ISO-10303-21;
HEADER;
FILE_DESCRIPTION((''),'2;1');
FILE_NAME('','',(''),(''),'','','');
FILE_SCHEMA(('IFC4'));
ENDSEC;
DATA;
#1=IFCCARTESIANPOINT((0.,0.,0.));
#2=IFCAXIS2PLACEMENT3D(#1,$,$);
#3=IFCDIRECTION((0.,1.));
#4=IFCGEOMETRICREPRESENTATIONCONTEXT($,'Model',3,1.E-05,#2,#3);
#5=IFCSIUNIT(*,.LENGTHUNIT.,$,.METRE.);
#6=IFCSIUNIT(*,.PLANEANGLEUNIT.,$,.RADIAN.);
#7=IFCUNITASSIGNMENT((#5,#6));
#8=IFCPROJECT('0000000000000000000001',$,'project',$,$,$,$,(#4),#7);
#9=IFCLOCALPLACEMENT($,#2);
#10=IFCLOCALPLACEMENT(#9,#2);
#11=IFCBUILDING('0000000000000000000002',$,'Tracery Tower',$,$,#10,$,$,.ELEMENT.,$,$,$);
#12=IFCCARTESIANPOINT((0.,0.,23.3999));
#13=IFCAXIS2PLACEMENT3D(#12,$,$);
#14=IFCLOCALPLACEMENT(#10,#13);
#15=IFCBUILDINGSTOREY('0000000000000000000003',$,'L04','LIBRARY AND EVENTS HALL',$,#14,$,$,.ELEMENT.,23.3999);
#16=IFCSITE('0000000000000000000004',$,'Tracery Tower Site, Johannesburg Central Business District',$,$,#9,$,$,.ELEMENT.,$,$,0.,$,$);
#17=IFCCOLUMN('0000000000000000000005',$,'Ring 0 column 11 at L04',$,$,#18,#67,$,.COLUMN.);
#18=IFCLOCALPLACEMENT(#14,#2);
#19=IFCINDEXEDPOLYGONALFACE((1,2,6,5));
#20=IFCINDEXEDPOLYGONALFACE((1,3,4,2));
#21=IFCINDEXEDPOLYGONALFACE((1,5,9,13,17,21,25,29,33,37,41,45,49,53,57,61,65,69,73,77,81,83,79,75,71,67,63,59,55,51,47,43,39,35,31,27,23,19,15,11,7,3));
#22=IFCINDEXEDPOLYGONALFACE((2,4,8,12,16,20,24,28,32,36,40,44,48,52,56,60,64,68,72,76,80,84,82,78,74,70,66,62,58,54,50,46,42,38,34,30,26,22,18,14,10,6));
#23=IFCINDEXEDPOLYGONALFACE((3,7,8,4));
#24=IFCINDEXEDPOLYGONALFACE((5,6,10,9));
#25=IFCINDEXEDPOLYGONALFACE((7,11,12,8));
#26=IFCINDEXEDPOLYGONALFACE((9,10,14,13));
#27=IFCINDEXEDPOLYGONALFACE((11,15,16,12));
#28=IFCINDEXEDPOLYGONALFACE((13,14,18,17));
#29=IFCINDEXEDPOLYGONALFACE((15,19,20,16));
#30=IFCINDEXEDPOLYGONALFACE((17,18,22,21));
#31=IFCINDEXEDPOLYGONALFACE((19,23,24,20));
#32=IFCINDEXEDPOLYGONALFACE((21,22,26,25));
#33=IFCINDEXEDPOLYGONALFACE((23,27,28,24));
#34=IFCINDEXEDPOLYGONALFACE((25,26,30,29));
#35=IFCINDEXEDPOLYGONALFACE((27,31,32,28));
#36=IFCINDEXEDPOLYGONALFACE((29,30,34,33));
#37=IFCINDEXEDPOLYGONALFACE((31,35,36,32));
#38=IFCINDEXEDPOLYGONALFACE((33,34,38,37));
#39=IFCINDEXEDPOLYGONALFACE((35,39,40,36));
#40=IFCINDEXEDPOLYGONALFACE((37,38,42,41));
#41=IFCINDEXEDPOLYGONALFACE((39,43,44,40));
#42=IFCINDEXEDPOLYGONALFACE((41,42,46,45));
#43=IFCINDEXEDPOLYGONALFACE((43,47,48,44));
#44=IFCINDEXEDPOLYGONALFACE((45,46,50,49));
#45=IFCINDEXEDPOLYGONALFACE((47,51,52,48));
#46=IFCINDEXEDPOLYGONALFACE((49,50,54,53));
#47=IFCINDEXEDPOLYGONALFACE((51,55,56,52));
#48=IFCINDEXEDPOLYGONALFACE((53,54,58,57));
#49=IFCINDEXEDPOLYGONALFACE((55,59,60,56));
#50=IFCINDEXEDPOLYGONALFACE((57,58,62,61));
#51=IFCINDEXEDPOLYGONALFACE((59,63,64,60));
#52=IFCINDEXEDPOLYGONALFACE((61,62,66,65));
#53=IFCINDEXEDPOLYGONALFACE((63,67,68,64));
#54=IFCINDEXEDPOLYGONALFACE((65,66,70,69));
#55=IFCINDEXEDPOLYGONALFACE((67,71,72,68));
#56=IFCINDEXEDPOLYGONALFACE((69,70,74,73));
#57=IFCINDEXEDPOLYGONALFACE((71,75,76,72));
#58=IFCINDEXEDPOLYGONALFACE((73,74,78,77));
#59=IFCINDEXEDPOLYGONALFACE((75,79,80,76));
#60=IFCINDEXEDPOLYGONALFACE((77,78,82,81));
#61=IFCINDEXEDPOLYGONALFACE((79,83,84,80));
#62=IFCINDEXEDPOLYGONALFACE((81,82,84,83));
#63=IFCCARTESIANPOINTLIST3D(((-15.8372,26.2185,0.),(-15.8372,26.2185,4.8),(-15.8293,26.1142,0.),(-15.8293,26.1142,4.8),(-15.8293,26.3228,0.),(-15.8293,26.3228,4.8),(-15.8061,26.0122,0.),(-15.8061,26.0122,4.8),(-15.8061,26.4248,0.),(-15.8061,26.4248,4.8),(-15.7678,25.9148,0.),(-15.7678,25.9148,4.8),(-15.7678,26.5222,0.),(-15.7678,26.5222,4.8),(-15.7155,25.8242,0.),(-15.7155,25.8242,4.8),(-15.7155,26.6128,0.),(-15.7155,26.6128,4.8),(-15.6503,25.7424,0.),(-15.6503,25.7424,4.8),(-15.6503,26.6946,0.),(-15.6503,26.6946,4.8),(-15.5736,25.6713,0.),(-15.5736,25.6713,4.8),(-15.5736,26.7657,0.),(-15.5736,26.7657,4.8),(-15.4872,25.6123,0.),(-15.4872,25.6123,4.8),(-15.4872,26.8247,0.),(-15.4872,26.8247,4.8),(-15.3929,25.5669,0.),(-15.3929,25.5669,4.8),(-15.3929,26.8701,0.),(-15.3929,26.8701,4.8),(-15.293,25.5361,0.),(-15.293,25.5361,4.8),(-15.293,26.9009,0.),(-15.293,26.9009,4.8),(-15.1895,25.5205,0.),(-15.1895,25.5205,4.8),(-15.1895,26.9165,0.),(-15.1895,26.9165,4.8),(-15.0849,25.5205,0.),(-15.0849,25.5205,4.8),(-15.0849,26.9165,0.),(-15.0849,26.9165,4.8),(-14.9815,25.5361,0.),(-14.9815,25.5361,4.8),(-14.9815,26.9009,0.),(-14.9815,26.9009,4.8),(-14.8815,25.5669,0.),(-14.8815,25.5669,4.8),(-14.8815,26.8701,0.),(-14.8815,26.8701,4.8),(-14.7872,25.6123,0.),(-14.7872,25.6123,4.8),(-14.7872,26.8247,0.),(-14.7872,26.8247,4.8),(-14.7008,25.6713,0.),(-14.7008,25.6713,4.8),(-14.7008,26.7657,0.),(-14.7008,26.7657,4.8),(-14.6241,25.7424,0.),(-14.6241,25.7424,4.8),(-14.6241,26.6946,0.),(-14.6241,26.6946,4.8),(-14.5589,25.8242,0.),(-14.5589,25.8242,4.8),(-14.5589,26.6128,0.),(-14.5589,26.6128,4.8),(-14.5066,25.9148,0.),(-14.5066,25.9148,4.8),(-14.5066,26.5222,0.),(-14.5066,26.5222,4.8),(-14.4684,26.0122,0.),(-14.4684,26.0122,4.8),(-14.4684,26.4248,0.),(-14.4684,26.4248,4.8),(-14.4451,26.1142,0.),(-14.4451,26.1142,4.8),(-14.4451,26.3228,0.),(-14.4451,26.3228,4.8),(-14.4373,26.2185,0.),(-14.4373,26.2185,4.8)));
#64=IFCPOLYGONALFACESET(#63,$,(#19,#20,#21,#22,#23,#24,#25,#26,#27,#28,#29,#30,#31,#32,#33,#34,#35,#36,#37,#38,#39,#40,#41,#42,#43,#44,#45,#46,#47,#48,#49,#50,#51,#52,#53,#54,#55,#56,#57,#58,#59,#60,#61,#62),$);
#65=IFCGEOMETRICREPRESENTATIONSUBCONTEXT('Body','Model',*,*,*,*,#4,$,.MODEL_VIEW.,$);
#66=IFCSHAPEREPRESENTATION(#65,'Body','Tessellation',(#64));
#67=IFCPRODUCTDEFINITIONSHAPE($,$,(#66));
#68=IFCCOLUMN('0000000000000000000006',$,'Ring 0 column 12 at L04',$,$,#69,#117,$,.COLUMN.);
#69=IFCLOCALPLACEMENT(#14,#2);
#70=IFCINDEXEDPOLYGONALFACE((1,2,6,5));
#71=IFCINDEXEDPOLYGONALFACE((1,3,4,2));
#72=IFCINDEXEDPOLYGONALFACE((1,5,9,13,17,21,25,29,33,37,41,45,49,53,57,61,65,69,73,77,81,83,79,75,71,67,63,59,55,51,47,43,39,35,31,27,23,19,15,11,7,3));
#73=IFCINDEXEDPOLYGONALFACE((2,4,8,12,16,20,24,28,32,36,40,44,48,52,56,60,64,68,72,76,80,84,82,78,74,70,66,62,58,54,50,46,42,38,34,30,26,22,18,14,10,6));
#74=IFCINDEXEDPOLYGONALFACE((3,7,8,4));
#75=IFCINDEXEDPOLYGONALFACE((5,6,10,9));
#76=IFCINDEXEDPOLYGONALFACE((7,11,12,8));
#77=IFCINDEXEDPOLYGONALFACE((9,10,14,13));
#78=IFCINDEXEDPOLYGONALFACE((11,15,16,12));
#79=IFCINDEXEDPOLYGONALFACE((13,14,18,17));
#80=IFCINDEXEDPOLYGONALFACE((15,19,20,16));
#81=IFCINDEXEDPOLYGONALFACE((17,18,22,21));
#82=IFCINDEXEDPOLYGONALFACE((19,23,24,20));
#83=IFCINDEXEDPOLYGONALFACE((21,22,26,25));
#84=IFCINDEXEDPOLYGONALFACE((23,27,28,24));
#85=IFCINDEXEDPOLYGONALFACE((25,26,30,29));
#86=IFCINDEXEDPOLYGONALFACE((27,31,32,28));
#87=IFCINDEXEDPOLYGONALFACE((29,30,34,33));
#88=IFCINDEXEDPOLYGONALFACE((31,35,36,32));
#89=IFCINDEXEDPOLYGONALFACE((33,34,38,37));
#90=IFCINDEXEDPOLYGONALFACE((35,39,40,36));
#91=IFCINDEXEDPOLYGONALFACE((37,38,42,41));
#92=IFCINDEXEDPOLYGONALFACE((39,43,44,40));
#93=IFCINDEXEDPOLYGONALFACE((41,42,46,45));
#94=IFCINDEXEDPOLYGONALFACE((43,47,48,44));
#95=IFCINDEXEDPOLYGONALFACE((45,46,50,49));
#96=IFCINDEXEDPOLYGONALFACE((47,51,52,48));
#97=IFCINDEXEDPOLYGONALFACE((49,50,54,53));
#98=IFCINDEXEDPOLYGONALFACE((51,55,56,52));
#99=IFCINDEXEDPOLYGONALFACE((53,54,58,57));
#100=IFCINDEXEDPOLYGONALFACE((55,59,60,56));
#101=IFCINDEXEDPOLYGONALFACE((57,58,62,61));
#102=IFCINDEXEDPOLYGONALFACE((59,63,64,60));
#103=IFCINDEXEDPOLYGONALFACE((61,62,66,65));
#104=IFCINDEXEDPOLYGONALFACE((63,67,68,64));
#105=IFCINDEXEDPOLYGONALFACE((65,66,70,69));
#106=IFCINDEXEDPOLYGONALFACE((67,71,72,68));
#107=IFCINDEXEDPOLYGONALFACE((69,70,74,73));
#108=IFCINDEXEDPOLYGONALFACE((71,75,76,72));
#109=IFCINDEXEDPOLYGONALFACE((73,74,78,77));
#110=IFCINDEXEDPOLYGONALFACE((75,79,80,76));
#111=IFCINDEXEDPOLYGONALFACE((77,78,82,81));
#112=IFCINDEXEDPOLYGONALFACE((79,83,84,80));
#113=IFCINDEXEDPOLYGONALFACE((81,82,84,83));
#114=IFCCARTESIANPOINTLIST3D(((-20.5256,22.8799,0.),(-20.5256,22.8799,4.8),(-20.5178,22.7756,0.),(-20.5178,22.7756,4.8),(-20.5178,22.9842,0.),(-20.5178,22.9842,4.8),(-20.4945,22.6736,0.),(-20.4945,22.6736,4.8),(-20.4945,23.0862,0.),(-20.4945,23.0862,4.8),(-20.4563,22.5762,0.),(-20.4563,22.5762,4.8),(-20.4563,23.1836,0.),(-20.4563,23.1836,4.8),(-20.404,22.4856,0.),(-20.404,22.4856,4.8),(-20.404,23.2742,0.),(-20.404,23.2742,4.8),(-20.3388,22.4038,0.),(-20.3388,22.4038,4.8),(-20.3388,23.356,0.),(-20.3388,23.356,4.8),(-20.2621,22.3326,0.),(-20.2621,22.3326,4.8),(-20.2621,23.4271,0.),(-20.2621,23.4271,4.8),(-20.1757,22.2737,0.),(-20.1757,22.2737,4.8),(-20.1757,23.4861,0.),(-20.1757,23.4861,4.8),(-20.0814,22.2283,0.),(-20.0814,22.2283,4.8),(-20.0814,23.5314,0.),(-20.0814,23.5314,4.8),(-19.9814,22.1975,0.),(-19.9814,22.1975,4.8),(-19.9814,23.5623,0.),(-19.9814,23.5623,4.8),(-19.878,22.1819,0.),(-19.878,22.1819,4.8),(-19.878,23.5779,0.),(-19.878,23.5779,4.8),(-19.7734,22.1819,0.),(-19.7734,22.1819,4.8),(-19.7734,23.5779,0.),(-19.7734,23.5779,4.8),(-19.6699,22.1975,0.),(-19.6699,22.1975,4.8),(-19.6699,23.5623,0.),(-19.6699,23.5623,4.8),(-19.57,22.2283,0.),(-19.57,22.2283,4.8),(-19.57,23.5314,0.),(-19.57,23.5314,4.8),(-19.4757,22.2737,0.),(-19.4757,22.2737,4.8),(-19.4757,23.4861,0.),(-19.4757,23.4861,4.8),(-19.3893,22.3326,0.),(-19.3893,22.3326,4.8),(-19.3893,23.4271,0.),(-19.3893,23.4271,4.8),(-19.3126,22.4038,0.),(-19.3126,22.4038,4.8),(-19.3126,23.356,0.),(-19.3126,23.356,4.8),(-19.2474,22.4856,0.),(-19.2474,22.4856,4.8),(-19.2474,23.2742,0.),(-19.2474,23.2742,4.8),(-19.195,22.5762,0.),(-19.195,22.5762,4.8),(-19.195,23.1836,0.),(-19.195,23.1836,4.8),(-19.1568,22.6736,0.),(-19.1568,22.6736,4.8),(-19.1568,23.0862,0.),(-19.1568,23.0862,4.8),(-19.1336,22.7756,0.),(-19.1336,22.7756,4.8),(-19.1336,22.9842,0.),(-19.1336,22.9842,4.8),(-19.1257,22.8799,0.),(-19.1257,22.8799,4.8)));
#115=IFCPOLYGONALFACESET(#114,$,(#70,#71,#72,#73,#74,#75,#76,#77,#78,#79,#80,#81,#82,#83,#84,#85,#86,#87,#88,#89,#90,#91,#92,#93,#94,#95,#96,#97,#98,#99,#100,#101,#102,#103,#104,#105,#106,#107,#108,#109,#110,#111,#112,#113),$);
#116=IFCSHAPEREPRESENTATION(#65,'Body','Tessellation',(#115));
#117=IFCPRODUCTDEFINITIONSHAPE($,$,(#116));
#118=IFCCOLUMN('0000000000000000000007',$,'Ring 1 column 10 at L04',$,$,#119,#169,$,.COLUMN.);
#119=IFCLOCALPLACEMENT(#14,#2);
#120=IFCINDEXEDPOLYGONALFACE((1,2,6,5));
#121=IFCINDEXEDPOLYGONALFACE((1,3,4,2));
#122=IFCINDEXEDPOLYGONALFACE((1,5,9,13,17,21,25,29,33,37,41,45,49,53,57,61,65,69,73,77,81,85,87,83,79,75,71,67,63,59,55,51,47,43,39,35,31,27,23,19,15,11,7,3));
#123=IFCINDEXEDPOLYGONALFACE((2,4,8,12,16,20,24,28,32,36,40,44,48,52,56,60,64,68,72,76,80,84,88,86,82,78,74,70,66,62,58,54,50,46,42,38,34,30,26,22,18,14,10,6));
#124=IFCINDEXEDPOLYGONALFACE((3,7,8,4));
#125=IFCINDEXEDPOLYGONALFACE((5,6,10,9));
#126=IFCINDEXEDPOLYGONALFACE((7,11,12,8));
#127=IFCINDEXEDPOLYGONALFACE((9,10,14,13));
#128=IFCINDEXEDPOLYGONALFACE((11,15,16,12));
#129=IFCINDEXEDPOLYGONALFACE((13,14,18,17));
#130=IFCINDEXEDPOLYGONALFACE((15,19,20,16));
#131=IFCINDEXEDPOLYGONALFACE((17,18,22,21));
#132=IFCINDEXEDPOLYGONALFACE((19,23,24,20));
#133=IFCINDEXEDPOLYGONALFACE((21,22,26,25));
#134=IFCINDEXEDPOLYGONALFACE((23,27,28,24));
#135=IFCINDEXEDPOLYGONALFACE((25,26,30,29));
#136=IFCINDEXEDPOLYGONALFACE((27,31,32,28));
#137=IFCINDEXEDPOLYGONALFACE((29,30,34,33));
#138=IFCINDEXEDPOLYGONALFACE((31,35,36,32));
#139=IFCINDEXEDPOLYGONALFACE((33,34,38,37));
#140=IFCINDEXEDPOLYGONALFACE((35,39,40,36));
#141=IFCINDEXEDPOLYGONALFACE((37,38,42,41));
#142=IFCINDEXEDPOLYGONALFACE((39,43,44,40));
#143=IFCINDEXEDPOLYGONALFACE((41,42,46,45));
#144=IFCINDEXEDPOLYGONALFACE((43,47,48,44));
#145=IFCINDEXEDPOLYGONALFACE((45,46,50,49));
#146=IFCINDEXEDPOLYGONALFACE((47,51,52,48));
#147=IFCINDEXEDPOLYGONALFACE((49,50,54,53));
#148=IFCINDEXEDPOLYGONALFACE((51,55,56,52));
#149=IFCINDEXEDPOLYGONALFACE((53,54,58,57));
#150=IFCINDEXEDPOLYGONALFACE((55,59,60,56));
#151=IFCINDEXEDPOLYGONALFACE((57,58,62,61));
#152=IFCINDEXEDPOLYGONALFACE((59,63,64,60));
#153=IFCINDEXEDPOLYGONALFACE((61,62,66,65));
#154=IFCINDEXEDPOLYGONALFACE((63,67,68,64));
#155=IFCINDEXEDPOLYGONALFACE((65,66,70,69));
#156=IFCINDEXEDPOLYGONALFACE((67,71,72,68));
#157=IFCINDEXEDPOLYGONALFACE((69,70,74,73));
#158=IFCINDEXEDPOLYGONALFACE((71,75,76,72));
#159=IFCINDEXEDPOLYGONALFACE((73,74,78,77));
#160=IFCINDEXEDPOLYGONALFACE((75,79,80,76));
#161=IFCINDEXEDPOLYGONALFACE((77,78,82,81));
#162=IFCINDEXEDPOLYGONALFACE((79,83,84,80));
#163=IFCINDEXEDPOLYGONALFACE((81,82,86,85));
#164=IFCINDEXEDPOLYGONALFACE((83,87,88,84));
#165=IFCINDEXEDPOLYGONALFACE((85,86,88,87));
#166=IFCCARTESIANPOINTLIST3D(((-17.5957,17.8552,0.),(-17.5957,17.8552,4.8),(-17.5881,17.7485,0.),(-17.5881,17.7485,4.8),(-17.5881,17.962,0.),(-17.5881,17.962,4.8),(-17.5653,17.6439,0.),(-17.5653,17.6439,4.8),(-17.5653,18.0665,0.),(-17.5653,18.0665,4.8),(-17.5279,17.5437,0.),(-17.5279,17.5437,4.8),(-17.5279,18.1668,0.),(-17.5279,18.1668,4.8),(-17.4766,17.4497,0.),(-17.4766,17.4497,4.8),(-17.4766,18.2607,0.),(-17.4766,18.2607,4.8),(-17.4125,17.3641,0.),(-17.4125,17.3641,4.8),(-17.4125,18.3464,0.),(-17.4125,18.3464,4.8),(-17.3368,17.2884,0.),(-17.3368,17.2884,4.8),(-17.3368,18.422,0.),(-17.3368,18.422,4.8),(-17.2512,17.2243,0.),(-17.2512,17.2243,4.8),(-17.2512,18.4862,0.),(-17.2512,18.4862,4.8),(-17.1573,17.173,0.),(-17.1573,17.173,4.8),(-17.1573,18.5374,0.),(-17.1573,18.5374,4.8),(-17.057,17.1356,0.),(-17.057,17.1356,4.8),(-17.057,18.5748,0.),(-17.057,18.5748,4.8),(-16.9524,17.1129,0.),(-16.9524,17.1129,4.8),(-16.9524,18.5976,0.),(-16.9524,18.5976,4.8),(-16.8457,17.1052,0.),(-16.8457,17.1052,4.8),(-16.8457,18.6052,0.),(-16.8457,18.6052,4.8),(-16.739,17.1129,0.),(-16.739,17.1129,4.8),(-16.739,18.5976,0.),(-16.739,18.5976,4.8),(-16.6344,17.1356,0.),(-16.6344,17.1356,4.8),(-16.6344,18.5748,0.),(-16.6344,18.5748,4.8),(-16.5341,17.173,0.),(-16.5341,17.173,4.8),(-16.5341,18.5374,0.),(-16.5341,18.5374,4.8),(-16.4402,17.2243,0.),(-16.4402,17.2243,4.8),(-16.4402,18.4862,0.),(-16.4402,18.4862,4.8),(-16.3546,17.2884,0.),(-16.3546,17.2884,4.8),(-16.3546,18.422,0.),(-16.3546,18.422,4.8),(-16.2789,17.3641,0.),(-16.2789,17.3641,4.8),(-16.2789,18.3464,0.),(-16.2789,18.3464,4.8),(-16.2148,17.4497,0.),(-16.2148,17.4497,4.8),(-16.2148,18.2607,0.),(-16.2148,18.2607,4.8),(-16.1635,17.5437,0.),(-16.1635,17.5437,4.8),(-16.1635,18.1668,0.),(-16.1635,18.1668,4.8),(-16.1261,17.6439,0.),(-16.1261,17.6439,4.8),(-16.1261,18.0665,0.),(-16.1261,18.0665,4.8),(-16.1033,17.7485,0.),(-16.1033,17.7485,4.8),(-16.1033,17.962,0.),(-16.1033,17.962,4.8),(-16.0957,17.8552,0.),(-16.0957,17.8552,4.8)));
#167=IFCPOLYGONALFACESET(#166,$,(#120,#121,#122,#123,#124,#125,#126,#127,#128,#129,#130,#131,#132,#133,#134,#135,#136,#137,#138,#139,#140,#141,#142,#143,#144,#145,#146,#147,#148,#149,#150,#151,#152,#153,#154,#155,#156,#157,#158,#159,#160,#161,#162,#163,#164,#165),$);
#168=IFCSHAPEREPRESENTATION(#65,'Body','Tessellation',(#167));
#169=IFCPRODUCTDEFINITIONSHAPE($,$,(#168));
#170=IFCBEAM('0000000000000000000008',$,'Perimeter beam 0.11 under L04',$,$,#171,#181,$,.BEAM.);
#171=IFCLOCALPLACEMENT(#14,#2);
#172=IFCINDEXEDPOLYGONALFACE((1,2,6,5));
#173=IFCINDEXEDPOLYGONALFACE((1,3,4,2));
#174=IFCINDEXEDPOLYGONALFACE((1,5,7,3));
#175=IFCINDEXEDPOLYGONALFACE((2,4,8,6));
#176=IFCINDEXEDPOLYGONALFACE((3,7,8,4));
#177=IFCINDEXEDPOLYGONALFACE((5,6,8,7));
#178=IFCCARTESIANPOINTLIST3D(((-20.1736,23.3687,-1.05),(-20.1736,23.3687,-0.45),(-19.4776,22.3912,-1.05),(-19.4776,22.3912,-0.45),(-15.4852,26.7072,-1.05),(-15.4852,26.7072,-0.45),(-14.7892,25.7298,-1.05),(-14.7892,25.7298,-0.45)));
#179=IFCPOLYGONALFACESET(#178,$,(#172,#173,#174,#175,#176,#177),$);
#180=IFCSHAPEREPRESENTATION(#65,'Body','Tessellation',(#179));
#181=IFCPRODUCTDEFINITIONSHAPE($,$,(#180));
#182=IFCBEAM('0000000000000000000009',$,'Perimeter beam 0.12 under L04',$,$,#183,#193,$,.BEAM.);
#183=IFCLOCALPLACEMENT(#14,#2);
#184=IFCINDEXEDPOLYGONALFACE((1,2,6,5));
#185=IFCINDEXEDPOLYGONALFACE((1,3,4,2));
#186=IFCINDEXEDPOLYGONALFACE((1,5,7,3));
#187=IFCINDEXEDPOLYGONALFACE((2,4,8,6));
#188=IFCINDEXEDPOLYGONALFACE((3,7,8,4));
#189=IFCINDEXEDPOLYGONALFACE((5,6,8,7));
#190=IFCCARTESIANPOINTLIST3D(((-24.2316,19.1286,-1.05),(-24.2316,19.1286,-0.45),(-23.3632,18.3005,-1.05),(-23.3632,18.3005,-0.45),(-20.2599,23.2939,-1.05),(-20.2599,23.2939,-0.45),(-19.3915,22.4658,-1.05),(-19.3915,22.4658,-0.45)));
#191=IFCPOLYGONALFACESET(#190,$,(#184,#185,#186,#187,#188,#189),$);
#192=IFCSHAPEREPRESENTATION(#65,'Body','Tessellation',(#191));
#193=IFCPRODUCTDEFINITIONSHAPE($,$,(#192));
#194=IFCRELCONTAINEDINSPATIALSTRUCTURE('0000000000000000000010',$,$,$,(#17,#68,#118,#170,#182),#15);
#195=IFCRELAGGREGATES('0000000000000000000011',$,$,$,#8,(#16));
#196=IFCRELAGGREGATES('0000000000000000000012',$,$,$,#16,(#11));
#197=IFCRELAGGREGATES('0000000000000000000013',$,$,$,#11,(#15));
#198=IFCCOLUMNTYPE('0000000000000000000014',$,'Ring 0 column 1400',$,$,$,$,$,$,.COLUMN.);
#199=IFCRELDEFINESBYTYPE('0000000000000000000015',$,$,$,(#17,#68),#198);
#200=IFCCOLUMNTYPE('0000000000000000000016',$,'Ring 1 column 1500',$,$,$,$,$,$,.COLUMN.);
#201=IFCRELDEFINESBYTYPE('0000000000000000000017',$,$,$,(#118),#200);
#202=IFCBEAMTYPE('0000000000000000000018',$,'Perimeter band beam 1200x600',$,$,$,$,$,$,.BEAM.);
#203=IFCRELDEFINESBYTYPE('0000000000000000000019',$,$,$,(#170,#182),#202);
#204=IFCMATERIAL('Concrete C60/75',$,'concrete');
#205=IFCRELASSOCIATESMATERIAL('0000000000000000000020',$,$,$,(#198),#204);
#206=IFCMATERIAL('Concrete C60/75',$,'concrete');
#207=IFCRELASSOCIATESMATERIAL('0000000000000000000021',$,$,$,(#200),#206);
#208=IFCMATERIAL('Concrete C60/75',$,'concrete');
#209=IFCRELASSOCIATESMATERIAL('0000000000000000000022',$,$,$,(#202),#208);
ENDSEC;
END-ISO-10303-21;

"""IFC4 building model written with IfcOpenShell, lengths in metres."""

from ifc_helpers import new_model, si_unit, direction, frame, origin, origin_2d, place, context, subcontext, project, spatial, rectangle, circle, extrude, material, material_profile, profile_set, type_object, element, save


model = new_model("IFC4")

# Units and contexts
model_context = context("Model", 3, precision=1e-05, world=origin(), true_north=direction((0.0, 1.0)))
body_context = subcontext(model_context, "Body", "Model", "MODEL_VIEW")
ifc_project = project(units=[si_unit("LENGTHUNIT", "METRE"), si_unit("PLANEANGLEUNIT", "RADIAN")], contexts=[model_context])

# Site, building, storey
site_placement = place(None, origin())
site = spatial("IfcSite", under=ifc_project, at=site_placement, Name="Tracery Tower Site, Johannesburg Central Business District", CompositionType="ELEMENT", RefElevation=0.0)
building_placement = place(site_placement, origin())
building = spatial("IfcBuilding", under=site, at=building_placement, Name="Tracery Tower", CompositionType="ELEMENT")
storey_placement = place(building_placement, frame((0.0, 0.0, 23.3999)))
storey = spatial("IfcBuildingStorey", under=building, at=storey_placement, Name="L04", Description="LIBRARY AND EVENTS HALL", CompositionType="ELEMENT", Elevation=23.3999)

# Columns
ifc_material_1 = material(Name="Concrete C60/75", Category="concrete")
ifc_material_profile_1 = material_profile(ifc_material_1, circle(Radius=0.7, at=origin_2d()), Name="RC D1400")
ifc_profile_set_1 = profile_set([ifc_material_profile_1], Name="Concrete C60/75")
column_type_1 = type_object("IfcColumnType", Name="Ring 0 column 1400", PredefinedType="COLUMN", material=ifc_profile_set_1)
for number, where, z_axis, x_axis, name in (
    (1, (-15.1372, 26.2185, 0.0), (0.0, 0.0, 1.0), (1.0, 0.0, 0.0), "Ring 0 column 11 at L04"),
    (2, (-19.8257, 22.8799, 0.0), (0.0, 0.0, 1.0), (1.0, 0.0, 0.0), "Ring 0 column 12 at L04"),
):
    element("IfcColumn", number, at=place(storey_placement, frame(where, z_axis=z_axis, x_axis=x_axis)), inside=storey, type_object=column_type_1, Name=name, PredefinedType="COLUMN", context=body_context, shape_type="SweptSolid", body=[
        extrude(circle(Radius=0.7, at=origin_2d()), origin(), (0.0, 0.0, 1.0), 4.8),
    ])
ifc_material_2 = material(Name="Concrete C60/75", Category="concrete")
ifc_material_profile_2 = material_profile(ifc_material_2, circle(Radius=0.75, at=origin_2d()), Name="RC D1500")
ifc_profile_set_2 = profile_set([ifc_material_profile_2], Name="Concrete C60/75")
column_type_2 = type_object("IfcColumnType", Name="Ring 1 column 1500", PredefinedType="COLUMN", material=ifc_profile_set_2)
column_placement = place(storey_placement, frame((-16.8457, 17.8552, 0.0), z_axis=(0.0, 0.0, 1.0), x_axis=(1.0, 0.0, 0.0)))
element("IfcColumn", 3, at=column_placement, inside=storey, type_object=column_type_2, Name="Ring 1 column 10 at L04", PredefinedType="COLUMN", context=body_context, shape_type="SweptSolid", body=[
    extrude(circle(Radius=0.75, at=origin_2d()), origin(), (0.0, 0.0, 1.0), 4.8),
])

# Beams
ifc_material_3 = material(Name="Concrete C60/75", Category="concrete")
ifc_material_profile_3 = material_profile(ifc_material_3, rectangle(XDim=1.2, YDim=0.6001, at=origin_2d()), Name="RC 1200x600")
ifc_profile_set_3 = profile_set([ifc_material_profile_3], Name="Concrete C60/75")
beam_type = type_object("IfcBeamType", Name="Perimeter band beam 1200x600", PredefinedType="BEAM", material=ifc_profile_set_3)
beam_1_placement = place(storey_placement, frame((-15.1372, 26.2185, -0.75), z_axis=(-0.814578, -0.580054, 0.0), x_axis=(0.580054, -0.814578, 0.0)))
element("IfcBeam", 4, at=beam_1_placement, inside=storey, type_object=beam_type, Name="Perimeter beam 0.11 under L04", PredefinedType="BEAM", context=body_context, shape_type="SweptSolid", body=[
    extrude(rectangle(XDim=1.2, YDim=0.6001, at=origin_2d()), origin(), (0.0, 0.0, 1.0), 5.7556),
])
beam_2_placement = place(storey_placement, frame((-19.8257, 22.8799, -0.75), z_axis=(-0.690087, -0.723726, 0.0), x_axis=(0.723726, -0.690087, 0.0)))
element("IfcBeam", 5, at=beam_2_placement, inside=storey, type_object=beam_type, Name="Perimeter beam 0.12 under L04", PredefinedType="BEAM", context=body_context, shape_type="SweptSolid", body=[
    extrude(rectangle(XDim=1.2, YDim=0.6001, at=origin_2d()), origin(), (0.0, 0.0, 1.0), 5.7554),
])

save(model, "model.ifc")
